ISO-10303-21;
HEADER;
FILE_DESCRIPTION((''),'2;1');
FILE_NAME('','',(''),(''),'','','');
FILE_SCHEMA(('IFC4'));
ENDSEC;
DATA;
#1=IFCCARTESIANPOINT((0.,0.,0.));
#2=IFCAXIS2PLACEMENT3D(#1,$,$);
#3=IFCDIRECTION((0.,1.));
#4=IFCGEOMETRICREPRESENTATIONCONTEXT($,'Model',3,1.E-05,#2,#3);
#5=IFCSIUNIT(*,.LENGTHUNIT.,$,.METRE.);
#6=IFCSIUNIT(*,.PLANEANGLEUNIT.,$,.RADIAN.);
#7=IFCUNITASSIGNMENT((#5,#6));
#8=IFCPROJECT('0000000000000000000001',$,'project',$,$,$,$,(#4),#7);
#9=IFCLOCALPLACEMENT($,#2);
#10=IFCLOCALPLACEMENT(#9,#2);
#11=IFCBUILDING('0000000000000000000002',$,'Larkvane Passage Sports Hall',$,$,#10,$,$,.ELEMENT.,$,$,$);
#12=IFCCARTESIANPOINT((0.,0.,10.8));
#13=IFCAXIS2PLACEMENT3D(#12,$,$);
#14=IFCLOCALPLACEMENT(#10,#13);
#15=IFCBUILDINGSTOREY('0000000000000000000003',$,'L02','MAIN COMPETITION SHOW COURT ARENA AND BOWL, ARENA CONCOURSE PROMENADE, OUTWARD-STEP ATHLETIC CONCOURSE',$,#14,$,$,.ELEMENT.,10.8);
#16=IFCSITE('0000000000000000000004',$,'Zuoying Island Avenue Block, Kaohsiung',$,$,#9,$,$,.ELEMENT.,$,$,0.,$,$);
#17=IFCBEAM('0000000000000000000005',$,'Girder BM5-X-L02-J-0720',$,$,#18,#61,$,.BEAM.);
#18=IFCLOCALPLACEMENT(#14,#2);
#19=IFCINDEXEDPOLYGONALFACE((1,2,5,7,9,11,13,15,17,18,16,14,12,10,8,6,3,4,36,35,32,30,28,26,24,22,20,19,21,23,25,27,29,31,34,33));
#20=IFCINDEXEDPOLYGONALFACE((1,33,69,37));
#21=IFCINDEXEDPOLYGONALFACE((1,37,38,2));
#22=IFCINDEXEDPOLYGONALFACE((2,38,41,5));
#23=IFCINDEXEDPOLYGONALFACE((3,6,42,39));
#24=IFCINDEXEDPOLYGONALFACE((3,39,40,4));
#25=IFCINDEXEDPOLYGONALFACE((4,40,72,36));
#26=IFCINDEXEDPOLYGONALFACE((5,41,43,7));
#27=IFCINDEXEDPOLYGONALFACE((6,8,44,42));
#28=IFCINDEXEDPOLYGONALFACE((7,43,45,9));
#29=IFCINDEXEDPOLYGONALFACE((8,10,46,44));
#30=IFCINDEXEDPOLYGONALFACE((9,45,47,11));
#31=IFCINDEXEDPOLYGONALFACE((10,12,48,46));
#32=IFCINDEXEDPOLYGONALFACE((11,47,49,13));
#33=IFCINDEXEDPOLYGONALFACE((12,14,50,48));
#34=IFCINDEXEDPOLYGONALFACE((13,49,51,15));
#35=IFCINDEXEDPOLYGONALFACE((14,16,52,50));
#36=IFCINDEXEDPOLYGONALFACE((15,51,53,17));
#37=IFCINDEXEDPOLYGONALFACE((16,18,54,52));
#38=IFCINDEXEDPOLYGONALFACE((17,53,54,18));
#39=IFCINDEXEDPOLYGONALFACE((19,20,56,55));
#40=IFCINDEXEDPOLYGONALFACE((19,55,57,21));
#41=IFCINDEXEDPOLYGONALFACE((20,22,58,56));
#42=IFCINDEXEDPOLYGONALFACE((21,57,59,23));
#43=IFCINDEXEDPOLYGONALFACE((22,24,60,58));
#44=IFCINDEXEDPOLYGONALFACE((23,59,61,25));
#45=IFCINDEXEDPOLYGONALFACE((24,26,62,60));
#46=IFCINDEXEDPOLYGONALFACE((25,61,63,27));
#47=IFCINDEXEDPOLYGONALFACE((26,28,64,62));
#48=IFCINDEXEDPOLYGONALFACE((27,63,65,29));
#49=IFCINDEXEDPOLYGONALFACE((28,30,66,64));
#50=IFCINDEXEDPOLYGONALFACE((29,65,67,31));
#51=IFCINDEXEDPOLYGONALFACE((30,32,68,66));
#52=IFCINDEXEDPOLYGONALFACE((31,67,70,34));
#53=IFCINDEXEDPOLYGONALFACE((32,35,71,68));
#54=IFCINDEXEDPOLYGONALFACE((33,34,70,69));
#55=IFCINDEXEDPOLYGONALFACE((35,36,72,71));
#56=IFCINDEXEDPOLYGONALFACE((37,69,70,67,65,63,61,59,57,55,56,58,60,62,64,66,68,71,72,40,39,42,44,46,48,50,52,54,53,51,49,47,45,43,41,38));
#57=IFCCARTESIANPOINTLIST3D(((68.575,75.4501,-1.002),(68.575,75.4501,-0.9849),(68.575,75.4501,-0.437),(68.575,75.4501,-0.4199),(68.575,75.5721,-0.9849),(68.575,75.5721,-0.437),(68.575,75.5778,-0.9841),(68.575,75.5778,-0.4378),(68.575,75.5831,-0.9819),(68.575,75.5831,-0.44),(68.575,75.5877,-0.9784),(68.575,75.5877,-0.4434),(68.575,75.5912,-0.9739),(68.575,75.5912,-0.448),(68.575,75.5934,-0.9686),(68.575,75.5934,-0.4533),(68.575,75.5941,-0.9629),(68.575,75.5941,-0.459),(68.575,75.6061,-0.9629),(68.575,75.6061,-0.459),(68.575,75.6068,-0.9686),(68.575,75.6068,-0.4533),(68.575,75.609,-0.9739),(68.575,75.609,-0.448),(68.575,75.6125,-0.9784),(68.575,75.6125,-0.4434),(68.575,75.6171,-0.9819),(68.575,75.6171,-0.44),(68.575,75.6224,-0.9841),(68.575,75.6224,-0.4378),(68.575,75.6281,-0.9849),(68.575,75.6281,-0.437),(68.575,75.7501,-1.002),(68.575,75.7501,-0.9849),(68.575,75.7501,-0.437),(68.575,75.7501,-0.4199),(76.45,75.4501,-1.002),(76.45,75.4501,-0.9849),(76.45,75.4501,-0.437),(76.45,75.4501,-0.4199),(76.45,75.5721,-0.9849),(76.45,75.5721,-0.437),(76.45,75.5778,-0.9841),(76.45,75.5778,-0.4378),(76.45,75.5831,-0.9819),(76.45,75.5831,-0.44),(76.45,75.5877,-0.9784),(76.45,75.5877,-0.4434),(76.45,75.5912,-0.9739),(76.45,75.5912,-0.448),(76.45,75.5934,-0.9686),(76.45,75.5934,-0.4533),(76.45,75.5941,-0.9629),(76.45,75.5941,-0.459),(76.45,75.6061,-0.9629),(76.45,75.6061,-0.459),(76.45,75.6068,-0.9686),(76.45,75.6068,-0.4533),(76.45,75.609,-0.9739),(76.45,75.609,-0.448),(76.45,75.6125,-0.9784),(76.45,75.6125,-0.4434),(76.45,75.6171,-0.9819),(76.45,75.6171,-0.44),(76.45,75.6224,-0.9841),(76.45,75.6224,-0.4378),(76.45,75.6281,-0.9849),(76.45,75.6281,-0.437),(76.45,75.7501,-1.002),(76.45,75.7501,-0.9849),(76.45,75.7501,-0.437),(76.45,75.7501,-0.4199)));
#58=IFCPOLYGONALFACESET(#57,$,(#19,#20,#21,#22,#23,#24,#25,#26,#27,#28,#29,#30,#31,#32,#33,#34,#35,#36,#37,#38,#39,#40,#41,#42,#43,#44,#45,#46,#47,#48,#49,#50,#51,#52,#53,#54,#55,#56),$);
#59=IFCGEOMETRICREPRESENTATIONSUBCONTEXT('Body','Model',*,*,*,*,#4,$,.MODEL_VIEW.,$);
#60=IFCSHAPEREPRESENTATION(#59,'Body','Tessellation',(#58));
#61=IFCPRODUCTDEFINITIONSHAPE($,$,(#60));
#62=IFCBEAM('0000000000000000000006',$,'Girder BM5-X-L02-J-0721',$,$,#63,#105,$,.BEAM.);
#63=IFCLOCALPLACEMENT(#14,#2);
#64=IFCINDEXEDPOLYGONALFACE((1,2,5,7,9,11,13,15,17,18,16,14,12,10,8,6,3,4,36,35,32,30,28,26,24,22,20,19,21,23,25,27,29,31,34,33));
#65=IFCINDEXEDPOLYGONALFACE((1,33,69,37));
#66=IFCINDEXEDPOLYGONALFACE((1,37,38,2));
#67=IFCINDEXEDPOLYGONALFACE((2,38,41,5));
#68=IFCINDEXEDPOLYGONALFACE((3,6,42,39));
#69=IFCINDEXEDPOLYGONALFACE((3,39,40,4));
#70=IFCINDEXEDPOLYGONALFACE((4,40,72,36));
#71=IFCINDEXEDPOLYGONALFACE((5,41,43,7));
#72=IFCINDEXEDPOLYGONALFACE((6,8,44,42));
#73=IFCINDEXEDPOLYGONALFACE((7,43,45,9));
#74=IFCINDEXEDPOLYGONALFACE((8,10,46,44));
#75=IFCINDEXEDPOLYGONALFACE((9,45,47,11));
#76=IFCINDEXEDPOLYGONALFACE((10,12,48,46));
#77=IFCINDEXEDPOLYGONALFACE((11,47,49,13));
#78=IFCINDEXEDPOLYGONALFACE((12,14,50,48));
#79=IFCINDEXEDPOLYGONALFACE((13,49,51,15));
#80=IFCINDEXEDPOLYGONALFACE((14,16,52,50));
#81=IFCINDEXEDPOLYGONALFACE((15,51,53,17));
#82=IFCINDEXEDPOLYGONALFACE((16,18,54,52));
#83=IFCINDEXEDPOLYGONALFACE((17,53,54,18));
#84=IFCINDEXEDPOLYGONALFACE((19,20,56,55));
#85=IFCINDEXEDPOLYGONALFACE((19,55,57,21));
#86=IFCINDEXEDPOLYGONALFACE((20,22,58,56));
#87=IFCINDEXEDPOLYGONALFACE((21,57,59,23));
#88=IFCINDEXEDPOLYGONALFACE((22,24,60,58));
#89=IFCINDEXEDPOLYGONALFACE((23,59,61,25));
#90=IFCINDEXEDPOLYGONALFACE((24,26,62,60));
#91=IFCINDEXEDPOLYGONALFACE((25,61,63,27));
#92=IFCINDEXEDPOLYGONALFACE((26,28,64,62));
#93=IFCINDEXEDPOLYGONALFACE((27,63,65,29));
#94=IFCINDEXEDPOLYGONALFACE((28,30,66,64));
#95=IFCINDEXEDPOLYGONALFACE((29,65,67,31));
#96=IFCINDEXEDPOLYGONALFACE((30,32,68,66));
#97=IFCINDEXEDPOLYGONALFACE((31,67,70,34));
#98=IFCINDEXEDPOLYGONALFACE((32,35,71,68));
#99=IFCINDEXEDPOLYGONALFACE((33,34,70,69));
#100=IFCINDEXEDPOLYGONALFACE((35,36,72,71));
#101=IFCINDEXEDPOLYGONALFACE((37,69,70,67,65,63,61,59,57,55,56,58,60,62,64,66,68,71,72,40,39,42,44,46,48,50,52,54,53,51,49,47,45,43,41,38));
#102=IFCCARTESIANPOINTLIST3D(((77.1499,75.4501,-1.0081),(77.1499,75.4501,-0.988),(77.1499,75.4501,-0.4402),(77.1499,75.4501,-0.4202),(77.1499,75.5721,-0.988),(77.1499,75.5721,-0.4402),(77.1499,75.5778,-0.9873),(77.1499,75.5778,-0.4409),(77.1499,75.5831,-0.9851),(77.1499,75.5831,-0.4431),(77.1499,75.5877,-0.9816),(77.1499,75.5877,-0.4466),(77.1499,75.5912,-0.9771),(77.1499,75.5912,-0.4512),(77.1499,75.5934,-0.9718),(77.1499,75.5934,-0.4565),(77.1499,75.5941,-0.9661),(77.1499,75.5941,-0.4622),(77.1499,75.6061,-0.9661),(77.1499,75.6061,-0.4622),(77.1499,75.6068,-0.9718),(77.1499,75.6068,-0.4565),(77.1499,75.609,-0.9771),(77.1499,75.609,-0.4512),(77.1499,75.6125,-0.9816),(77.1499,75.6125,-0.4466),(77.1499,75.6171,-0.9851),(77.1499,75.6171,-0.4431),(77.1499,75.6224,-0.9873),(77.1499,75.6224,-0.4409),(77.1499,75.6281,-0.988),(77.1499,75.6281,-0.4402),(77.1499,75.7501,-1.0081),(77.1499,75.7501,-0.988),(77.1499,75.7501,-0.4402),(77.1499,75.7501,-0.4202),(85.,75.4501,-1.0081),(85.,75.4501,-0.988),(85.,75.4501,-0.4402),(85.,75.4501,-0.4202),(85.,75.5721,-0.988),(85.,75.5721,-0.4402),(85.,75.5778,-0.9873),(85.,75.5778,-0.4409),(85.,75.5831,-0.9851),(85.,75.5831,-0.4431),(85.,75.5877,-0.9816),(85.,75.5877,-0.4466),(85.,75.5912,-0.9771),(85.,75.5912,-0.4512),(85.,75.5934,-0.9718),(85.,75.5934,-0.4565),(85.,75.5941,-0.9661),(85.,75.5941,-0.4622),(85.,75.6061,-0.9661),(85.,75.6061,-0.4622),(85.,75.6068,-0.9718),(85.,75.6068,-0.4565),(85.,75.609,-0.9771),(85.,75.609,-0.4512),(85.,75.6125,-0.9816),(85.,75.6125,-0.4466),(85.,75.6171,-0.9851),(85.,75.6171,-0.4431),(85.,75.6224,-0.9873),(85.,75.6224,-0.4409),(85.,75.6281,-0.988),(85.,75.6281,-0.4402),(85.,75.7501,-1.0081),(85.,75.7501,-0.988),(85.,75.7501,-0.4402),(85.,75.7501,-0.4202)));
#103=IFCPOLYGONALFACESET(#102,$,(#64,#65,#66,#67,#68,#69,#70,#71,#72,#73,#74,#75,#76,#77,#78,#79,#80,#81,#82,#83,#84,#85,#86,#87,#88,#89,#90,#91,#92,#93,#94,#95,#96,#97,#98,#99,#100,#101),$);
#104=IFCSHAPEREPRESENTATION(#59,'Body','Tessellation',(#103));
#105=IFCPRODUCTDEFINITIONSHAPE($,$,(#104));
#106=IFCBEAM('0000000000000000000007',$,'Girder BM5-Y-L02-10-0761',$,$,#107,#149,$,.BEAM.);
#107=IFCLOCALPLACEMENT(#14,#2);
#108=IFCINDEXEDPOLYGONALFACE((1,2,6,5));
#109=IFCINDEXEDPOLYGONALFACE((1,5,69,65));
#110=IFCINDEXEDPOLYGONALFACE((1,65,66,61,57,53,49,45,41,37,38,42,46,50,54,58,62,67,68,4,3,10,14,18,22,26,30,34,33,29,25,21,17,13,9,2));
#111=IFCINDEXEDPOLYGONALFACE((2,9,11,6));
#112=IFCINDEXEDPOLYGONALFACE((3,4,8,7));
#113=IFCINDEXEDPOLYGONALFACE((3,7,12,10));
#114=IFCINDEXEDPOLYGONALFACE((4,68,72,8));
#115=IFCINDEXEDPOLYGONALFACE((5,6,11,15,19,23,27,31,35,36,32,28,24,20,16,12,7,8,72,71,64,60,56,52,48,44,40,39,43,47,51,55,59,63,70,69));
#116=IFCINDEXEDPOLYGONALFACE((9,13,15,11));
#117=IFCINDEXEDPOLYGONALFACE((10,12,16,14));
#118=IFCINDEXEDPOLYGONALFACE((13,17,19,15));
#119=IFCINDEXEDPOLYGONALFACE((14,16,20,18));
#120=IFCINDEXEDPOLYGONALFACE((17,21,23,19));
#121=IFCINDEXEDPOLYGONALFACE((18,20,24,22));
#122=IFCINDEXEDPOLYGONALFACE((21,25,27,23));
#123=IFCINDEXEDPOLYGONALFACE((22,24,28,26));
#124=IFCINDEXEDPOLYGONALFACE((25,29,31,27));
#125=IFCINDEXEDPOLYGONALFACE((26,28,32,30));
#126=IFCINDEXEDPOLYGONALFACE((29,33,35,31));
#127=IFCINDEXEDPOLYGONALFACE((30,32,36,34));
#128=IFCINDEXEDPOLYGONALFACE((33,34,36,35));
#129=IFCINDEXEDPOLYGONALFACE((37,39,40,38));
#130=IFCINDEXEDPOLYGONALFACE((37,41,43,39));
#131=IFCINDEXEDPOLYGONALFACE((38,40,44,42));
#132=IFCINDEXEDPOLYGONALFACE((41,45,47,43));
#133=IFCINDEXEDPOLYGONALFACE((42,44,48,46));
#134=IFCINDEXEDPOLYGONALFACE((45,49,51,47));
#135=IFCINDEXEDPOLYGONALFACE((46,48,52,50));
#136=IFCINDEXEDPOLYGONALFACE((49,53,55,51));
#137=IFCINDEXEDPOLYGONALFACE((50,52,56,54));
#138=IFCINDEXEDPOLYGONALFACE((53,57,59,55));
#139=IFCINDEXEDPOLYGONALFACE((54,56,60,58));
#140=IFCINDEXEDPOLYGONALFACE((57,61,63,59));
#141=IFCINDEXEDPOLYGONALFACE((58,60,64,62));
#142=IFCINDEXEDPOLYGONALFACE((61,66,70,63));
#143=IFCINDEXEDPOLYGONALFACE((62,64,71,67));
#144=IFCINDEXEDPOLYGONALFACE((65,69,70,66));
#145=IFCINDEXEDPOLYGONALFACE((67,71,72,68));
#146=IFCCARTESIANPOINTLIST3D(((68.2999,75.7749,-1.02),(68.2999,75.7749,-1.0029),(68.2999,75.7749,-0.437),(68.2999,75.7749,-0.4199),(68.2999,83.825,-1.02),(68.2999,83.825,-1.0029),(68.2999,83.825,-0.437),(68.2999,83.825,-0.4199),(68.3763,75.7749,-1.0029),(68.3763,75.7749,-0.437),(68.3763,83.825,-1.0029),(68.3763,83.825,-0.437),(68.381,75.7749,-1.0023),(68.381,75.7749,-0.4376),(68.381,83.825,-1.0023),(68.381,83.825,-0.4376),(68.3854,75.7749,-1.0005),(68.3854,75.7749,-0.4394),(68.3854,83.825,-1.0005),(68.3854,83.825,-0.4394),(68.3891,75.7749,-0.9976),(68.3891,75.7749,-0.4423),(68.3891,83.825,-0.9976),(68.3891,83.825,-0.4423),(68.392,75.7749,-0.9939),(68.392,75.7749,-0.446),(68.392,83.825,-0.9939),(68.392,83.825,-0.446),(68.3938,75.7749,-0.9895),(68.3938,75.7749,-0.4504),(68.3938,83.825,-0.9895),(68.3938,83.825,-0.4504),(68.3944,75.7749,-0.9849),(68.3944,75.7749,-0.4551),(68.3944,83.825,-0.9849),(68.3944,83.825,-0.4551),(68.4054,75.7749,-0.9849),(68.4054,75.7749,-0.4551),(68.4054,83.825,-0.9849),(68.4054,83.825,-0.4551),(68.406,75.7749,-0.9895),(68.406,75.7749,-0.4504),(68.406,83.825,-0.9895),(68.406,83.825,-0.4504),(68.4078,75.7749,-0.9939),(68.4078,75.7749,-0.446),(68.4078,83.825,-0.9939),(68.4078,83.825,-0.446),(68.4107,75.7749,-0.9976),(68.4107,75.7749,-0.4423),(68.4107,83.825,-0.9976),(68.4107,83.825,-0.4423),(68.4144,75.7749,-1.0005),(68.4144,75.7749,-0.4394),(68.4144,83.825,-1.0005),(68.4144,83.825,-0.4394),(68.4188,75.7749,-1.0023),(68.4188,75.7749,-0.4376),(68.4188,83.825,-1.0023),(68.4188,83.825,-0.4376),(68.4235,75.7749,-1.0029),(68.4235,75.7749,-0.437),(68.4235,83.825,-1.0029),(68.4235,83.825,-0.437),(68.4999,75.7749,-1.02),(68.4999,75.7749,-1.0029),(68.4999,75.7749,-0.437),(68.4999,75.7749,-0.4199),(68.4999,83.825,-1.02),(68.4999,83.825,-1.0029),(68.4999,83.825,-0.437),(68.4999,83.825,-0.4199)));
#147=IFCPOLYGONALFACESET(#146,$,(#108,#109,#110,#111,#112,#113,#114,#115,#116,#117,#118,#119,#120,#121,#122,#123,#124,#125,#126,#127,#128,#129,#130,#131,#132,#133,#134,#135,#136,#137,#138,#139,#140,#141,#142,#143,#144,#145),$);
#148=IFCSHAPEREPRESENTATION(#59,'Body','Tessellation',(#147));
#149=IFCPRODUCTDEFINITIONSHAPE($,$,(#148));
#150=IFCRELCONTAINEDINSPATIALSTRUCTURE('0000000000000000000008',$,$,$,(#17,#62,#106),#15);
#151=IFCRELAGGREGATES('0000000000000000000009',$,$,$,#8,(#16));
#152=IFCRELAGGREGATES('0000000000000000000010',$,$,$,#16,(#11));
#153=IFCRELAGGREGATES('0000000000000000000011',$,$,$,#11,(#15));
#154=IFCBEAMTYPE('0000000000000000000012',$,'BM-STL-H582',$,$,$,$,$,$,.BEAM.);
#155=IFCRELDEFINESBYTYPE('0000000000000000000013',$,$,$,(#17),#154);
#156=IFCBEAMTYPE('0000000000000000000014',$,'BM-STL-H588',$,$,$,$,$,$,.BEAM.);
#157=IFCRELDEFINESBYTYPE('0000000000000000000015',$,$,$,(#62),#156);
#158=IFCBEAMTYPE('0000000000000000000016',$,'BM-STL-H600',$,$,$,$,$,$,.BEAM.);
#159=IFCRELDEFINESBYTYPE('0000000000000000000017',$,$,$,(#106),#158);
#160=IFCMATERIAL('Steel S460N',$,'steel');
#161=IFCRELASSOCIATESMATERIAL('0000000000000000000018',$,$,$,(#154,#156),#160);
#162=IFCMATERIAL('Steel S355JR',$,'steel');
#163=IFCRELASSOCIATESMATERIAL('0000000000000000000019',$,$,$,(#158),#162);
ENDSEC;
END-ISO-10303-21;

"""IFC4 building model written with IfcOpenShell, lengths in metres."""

from ifc_helpers import new_model, si_unit, direction, frame, origin, origin_2d, place, context, subcontext, project, spatial, i_section, extrude, material, material_profile, profile_set, type_object, element, save


model = new_model("IFC4")

# Units and contexts
model_context = context("Model", 3, precision=1e-05, world=origin(), true_north=direction((0.0, 1.0)))
body_context = subcontext(model_context, "Body", "Model", "MODEL_VIEW")
ifc_project = project(units=[si_unit("LENGTHUNIT", "METRE"), si_unit("PLANEANGLEUNIT", "RADIAN")], contexts=[model_context])

# Site, building, storey
site_placement = place(None, origin())
site = spatial("IfcSite", under=ifc_project, at=site_placement, Name="Zuoying Island Avenue Block, Kaohsiung", CompositionType="ELEMENT", RefElevation=0.0)
building_placement = place(site_placement, origin())
building = spatial("IfcBuilding", under=site, at=building_placement, Name="Larkvane Passage Sports Hall", CompositionType="ELEMENT")
storey_placement = place(building_placement, frame((0.0, 0.0, 10.8)))
storey = spatial("IfcBuildingStorey", under=building, at=storey_placement, Name="L02", Description="MAIN COMPETITION SHOW COURT ARENA AND BOWL, ARENA CONCOURSE PROMENADE, OUTWARD-STEP ATHLETIC CONCOURSE", CompositionType="ELEMENT", Elevation=10.8)

# Shared definitions
ifc_material_1 = material(Name="Steel S460N", Category="steel")
ifc_material_2 = material(Name="Steel S355JR", Category="steel")

# Beams
ifc_material_profile_1 = material_profile(ifc_material_1, i_section(OverallWidth=0.3, OverallDepth=0.582, WebThickness=0.012, FlangeThickness=0.0171, FilletRadius=0.022, at=origin_2d()), Name="H-582x300x12x17")
ifc_profile_set_1 = profile_set([ifc_material_profile_1], Name="Steel S460N")
beam_type_1 = type_object("IfcBeamType", Name="BM-STL-H582", PredefinedType="BEAM", material=ifc_profile_set_1)
beam_1_placement = place(storey_placement, frame((68.575, 75.6001, -0.7109), z_axis=(1.0, 0.0, 0.0), x_axis=(0.0, 1.0, 0.0)))
element("IfcBeam", 1, at=beam_1_placement, inside=storey, type_object=beam_type_1, Name="Girder BM5-X-L02-J-0720", PredefinedType="BEAM", context=body_context, shape_type="SweptSolid", body=[
    extrude(i_section(OverallWidth=0.3, OverallDepth=0.582, WebThickness=0.012, FlangeThickness=0.0171, FilletRadius=0.022, at=origin_2d()), origin(), (0.0, 0.0, 1.0), 7.875),
])
ifc_material_profile_2 = material_profile(ifc_material_1, i_section(OverallWidth=0.3, OverallDepth=0.5879, WebThickness=0.012, FlangeThickness=0.02, FilletRadius=0.022, at=origin_2d()), Name="H-588x300x12x20")
ifc_profile_set_2 = profile_set([ifc_material_profile_2], Name="Steel S460N")
beam_type_2 = type_object("IfcBeamType", Name="BM-STL-H588", PredefinedType="BEAM", material=ifc_profile_set_2)
beam_2_placement = place(storey_placement, frame((77.1499, 75.6001, -0.7141), z_axis=(1.0, 0.0, 0.0), x_axis=(0.0, 1.0, 0.0)))
element("IfcBeam", 2, at=beam_2_placement, inside=storey, type_object=beam_type_2, Name="Girder BM5-X-L02-J-0721", PredefinedType="BEAM", context=body_context, shape_type="SweptSolid", body=[
    extrude(i_section(OverallWidth=0.3, OverallDepth=0.5879, WebThickness=0.012, FlangeThickness=0.02, FilletRadius=0.022, at=origin_2d()), origin(), (0.0, 0.0, 1.0), 7.8501),
])
ifc_material_profile_3 = material_profile(ifc_material_2, i_section(OverallWidth=0.2, OverallDepth=0.6001, WebThickness=0.011, FlangeThickness=0.0171, FilletRadius=0.0181, at=origin_2d()), Name="H-600x200x11x17")
ifc_profile_set_3 = profile_set([ifc_material_profile_3], Name="Steel S355JR")
beam_type_3 = type_object("IfcBeamType", Name="BM-STL-H600", PredefinedType="BEAM", material=ifc_profile_set_3)
beam_3_placement = place(storey_placement, frame((68.3999, 75.7749, -0.72), z_axis=(0.0, 1.0, 0.0), x_axis=(-1.0, 0.0, 0.0)))
element("IfcBeam", 3, at=beam_3_placement, inside=storey, type_object=beam_type_3, Name="Girder BM5-Y-L02-10-0761", PredefinedType="BEAM", context=body_context, shape_type="SweptSolid", body=[
    extrude(i_section(OverallWidth=0.2, OverallDepth=0.6001, WebThickness=0.011, FlangeThickness=0.0171, FilletRadius=0.0181, at=origin_2d()), origin(), (0.0, 0.0, 1.0), 8.05),
])

save(model, "model.ifc")
